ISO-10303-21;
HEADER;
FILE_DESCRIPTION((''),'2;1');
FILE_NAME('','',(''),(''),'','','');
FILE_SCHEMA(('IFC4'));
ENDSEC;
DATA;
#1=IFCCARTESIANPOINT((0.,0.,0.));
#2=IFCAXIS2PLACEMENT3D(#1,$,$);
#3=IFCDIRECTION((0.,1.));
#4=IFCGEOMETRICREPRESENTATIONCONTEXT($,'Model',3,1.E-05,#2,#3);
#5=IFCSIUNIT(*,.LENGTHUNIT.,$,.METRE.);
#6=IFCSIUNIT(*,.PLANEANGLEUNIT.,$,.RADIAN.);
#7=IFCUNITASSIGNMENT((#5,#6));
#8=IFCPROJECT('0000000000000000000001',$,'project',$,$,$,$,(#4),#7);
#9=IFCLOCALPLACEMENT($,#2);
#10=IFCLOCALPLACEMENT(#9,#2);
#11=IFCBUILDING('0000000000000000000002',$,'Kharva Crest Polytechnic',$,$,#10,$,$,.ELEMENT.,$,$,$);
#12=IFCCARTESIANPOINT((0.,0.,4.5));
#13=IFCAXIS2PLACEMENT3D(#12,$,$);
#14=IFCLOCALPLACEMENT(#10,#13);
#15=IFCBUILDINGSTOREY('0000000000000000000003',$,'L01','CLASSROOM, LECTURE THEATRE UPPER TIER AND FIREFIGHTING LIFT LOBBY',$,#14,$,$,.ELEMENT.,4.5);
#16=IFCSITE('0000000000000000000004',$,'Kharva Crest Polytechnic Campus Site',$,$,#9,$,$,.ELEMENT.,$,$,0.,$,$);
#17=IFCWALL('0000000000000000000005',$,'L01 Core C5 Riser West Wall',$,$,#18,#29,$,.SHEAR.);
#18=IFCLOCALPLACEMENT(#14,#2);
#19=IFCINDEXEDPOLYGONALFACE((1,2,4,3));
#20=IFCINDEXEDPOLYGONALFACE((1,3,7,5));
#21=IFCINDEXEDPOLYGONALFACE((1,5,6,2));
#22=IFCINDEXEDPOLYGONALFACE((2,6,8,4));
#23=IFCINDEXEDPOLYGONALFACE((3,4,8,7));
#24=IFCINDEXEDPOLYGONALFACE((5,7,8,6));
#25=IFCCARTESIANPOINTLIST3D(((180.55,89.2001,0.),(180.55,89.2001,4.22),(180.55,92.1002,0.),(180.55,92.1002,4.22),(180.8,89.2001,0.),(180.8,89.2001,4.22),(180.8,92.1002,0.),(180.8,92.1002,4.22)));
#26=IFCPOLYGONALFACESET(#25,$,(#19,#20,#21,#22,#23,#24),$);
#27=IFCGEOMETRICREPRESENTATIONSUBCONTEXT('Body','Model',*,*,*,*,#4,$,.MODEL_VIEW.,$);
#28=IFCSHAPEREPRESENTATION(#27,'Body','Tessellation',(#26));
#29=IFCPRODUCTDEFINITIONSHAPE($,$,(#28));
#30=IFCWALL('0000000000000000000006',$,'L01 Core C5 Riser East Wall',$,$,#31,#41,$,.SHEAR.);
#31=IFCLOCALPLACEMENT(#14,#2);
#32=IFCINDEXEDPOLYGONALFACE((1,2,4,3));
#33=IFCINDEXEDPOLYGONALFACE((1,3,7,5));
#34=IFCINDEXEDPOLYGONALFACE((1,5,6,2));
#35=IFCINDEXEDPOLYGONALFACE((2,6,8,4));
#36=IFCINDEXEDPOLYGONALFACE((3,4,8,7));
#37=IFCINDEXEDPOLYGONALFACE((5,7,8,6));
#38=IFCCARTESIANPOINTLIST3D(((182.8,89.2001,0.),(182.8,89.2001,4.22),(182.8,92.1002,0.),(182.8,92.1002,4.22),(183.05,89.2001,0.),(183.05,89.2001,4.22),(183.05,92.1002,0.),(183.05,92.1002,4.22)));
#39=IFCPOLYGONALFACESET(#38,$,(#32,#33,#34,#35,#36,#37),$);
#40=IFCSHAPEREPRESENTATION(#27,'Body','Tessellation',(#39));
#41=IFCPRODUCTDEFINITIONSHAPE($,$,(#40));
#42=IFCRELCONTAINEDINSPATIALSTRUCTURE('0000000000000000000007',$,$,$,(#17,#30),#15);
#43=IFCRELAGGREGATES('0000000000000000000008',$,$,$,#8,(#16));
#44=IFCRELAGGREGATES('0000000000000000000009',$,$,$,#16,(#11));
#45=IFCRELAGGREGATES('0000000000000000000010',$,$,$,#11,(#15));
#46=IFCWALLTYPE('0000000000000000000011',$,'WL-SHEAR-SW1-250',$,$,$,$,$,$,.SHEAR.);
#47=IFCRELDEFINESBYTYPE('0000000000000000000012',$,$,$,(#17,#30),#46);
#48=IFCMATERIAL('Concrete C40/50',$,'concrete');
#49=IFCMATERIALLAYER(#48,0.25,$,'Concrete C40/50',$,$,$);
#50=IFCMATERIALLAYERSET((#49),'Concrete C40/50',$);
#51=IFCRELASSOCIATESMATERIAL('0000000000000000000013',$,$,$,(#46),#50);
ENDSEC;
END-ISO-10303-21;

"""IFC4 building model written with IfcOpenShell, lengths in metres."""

from ifc_helpers import new_model, si_unit, direction, frame, frame_2d, origin, place, context, subcontext, project, spatial, rectangle, extrude, material, layer, layer_set, type_object, element, save


model = new_model("IFC4")

# Units and contexts
model_context = context("Model", 3, precision=1e-05, world=origin(), true_north=direction((0.0, 1.0)))
body_context = subcontext(model_context, "Body", "Model", "MODEL_VIEW")
ifc_project = project(units=[si_unit("LENGTHUNIT", "METRE"), si_unit("PLANEANGLEUNIT", "RADIAN")], contexts=[model_context])

# Site, building, storey
site_placement = place(None, origin())
site = spatial("IfcSite", under=ifc_project, at=site_placement, Name="Kharva Crest Polytechnic Campus Site", CompositionType="ELEMENT", RefElevation=0.0)
building_placement = place(site_placement, origin())
building = spatial("IfcBuilding", under=site, at=building_placement, Name="Kharva Crest Polytechnic", CompositionType="ELEMENT")
storey_placement = place(building_placement, frame((0.0, 0.0, 4.5)))
storey = spatial("IfcBuildingStorey", under=building, at=storey_placement, Name="L01", Description="CLASSROOM, LECTURE THEATRE UPPER TIER AND FIREFIGHTING LIFT LOBBY", CompositionType="ELEMENT", Elevation=4.5)

# Shared definitions
ifc_material_1 = material(Name="Concrete C40/50", Category="concrete")

# Shared definitions
ifc_layer_1 = layer(ifc_material_1, 0.25, Name="Concrete C40/50")
ifc_layer_set_1 = layer_set([ifc_layer_1], Name="Concrete C40/50")
wall_type_1 = type_object("IfcWallType", Name="WL-SHEAR-SW1-250", PredefinedType="SHEAR", material=ifc_layer_set_1)

# Walls
for number, where, z_axis, x_axis, name in (
    (1, (180.675, 89.2, 0.0), (0.0, 0.0, 1.0), (0.0, 1.0, 0.0), "L01 Core C5 Riser West Wall"),
    (2, (182.925, 89.2, 0.0), (0.0, 0.0, 1.0), (0.0, 1.0, 0.0), "L01 Core C5 Riser East Wall"),
):
    element("IfcWall", number, at=place(storey_placement, frame(where, z_axis=z_axis, x_axis=x_axis)), inside=storey, type_object=wall_type_1, Name=name, PredefinedType="SHEAR", context=body_context, shape_type="SweptSolid", body=[
        extrude(rectangle(XDim=2.9001, YDim=0.25, at=frame_2d((1.4502, 0.0))), origin(), (0.0, 0.0, 1.0), 4.22),
    ])

save(model, "model.ifc")
